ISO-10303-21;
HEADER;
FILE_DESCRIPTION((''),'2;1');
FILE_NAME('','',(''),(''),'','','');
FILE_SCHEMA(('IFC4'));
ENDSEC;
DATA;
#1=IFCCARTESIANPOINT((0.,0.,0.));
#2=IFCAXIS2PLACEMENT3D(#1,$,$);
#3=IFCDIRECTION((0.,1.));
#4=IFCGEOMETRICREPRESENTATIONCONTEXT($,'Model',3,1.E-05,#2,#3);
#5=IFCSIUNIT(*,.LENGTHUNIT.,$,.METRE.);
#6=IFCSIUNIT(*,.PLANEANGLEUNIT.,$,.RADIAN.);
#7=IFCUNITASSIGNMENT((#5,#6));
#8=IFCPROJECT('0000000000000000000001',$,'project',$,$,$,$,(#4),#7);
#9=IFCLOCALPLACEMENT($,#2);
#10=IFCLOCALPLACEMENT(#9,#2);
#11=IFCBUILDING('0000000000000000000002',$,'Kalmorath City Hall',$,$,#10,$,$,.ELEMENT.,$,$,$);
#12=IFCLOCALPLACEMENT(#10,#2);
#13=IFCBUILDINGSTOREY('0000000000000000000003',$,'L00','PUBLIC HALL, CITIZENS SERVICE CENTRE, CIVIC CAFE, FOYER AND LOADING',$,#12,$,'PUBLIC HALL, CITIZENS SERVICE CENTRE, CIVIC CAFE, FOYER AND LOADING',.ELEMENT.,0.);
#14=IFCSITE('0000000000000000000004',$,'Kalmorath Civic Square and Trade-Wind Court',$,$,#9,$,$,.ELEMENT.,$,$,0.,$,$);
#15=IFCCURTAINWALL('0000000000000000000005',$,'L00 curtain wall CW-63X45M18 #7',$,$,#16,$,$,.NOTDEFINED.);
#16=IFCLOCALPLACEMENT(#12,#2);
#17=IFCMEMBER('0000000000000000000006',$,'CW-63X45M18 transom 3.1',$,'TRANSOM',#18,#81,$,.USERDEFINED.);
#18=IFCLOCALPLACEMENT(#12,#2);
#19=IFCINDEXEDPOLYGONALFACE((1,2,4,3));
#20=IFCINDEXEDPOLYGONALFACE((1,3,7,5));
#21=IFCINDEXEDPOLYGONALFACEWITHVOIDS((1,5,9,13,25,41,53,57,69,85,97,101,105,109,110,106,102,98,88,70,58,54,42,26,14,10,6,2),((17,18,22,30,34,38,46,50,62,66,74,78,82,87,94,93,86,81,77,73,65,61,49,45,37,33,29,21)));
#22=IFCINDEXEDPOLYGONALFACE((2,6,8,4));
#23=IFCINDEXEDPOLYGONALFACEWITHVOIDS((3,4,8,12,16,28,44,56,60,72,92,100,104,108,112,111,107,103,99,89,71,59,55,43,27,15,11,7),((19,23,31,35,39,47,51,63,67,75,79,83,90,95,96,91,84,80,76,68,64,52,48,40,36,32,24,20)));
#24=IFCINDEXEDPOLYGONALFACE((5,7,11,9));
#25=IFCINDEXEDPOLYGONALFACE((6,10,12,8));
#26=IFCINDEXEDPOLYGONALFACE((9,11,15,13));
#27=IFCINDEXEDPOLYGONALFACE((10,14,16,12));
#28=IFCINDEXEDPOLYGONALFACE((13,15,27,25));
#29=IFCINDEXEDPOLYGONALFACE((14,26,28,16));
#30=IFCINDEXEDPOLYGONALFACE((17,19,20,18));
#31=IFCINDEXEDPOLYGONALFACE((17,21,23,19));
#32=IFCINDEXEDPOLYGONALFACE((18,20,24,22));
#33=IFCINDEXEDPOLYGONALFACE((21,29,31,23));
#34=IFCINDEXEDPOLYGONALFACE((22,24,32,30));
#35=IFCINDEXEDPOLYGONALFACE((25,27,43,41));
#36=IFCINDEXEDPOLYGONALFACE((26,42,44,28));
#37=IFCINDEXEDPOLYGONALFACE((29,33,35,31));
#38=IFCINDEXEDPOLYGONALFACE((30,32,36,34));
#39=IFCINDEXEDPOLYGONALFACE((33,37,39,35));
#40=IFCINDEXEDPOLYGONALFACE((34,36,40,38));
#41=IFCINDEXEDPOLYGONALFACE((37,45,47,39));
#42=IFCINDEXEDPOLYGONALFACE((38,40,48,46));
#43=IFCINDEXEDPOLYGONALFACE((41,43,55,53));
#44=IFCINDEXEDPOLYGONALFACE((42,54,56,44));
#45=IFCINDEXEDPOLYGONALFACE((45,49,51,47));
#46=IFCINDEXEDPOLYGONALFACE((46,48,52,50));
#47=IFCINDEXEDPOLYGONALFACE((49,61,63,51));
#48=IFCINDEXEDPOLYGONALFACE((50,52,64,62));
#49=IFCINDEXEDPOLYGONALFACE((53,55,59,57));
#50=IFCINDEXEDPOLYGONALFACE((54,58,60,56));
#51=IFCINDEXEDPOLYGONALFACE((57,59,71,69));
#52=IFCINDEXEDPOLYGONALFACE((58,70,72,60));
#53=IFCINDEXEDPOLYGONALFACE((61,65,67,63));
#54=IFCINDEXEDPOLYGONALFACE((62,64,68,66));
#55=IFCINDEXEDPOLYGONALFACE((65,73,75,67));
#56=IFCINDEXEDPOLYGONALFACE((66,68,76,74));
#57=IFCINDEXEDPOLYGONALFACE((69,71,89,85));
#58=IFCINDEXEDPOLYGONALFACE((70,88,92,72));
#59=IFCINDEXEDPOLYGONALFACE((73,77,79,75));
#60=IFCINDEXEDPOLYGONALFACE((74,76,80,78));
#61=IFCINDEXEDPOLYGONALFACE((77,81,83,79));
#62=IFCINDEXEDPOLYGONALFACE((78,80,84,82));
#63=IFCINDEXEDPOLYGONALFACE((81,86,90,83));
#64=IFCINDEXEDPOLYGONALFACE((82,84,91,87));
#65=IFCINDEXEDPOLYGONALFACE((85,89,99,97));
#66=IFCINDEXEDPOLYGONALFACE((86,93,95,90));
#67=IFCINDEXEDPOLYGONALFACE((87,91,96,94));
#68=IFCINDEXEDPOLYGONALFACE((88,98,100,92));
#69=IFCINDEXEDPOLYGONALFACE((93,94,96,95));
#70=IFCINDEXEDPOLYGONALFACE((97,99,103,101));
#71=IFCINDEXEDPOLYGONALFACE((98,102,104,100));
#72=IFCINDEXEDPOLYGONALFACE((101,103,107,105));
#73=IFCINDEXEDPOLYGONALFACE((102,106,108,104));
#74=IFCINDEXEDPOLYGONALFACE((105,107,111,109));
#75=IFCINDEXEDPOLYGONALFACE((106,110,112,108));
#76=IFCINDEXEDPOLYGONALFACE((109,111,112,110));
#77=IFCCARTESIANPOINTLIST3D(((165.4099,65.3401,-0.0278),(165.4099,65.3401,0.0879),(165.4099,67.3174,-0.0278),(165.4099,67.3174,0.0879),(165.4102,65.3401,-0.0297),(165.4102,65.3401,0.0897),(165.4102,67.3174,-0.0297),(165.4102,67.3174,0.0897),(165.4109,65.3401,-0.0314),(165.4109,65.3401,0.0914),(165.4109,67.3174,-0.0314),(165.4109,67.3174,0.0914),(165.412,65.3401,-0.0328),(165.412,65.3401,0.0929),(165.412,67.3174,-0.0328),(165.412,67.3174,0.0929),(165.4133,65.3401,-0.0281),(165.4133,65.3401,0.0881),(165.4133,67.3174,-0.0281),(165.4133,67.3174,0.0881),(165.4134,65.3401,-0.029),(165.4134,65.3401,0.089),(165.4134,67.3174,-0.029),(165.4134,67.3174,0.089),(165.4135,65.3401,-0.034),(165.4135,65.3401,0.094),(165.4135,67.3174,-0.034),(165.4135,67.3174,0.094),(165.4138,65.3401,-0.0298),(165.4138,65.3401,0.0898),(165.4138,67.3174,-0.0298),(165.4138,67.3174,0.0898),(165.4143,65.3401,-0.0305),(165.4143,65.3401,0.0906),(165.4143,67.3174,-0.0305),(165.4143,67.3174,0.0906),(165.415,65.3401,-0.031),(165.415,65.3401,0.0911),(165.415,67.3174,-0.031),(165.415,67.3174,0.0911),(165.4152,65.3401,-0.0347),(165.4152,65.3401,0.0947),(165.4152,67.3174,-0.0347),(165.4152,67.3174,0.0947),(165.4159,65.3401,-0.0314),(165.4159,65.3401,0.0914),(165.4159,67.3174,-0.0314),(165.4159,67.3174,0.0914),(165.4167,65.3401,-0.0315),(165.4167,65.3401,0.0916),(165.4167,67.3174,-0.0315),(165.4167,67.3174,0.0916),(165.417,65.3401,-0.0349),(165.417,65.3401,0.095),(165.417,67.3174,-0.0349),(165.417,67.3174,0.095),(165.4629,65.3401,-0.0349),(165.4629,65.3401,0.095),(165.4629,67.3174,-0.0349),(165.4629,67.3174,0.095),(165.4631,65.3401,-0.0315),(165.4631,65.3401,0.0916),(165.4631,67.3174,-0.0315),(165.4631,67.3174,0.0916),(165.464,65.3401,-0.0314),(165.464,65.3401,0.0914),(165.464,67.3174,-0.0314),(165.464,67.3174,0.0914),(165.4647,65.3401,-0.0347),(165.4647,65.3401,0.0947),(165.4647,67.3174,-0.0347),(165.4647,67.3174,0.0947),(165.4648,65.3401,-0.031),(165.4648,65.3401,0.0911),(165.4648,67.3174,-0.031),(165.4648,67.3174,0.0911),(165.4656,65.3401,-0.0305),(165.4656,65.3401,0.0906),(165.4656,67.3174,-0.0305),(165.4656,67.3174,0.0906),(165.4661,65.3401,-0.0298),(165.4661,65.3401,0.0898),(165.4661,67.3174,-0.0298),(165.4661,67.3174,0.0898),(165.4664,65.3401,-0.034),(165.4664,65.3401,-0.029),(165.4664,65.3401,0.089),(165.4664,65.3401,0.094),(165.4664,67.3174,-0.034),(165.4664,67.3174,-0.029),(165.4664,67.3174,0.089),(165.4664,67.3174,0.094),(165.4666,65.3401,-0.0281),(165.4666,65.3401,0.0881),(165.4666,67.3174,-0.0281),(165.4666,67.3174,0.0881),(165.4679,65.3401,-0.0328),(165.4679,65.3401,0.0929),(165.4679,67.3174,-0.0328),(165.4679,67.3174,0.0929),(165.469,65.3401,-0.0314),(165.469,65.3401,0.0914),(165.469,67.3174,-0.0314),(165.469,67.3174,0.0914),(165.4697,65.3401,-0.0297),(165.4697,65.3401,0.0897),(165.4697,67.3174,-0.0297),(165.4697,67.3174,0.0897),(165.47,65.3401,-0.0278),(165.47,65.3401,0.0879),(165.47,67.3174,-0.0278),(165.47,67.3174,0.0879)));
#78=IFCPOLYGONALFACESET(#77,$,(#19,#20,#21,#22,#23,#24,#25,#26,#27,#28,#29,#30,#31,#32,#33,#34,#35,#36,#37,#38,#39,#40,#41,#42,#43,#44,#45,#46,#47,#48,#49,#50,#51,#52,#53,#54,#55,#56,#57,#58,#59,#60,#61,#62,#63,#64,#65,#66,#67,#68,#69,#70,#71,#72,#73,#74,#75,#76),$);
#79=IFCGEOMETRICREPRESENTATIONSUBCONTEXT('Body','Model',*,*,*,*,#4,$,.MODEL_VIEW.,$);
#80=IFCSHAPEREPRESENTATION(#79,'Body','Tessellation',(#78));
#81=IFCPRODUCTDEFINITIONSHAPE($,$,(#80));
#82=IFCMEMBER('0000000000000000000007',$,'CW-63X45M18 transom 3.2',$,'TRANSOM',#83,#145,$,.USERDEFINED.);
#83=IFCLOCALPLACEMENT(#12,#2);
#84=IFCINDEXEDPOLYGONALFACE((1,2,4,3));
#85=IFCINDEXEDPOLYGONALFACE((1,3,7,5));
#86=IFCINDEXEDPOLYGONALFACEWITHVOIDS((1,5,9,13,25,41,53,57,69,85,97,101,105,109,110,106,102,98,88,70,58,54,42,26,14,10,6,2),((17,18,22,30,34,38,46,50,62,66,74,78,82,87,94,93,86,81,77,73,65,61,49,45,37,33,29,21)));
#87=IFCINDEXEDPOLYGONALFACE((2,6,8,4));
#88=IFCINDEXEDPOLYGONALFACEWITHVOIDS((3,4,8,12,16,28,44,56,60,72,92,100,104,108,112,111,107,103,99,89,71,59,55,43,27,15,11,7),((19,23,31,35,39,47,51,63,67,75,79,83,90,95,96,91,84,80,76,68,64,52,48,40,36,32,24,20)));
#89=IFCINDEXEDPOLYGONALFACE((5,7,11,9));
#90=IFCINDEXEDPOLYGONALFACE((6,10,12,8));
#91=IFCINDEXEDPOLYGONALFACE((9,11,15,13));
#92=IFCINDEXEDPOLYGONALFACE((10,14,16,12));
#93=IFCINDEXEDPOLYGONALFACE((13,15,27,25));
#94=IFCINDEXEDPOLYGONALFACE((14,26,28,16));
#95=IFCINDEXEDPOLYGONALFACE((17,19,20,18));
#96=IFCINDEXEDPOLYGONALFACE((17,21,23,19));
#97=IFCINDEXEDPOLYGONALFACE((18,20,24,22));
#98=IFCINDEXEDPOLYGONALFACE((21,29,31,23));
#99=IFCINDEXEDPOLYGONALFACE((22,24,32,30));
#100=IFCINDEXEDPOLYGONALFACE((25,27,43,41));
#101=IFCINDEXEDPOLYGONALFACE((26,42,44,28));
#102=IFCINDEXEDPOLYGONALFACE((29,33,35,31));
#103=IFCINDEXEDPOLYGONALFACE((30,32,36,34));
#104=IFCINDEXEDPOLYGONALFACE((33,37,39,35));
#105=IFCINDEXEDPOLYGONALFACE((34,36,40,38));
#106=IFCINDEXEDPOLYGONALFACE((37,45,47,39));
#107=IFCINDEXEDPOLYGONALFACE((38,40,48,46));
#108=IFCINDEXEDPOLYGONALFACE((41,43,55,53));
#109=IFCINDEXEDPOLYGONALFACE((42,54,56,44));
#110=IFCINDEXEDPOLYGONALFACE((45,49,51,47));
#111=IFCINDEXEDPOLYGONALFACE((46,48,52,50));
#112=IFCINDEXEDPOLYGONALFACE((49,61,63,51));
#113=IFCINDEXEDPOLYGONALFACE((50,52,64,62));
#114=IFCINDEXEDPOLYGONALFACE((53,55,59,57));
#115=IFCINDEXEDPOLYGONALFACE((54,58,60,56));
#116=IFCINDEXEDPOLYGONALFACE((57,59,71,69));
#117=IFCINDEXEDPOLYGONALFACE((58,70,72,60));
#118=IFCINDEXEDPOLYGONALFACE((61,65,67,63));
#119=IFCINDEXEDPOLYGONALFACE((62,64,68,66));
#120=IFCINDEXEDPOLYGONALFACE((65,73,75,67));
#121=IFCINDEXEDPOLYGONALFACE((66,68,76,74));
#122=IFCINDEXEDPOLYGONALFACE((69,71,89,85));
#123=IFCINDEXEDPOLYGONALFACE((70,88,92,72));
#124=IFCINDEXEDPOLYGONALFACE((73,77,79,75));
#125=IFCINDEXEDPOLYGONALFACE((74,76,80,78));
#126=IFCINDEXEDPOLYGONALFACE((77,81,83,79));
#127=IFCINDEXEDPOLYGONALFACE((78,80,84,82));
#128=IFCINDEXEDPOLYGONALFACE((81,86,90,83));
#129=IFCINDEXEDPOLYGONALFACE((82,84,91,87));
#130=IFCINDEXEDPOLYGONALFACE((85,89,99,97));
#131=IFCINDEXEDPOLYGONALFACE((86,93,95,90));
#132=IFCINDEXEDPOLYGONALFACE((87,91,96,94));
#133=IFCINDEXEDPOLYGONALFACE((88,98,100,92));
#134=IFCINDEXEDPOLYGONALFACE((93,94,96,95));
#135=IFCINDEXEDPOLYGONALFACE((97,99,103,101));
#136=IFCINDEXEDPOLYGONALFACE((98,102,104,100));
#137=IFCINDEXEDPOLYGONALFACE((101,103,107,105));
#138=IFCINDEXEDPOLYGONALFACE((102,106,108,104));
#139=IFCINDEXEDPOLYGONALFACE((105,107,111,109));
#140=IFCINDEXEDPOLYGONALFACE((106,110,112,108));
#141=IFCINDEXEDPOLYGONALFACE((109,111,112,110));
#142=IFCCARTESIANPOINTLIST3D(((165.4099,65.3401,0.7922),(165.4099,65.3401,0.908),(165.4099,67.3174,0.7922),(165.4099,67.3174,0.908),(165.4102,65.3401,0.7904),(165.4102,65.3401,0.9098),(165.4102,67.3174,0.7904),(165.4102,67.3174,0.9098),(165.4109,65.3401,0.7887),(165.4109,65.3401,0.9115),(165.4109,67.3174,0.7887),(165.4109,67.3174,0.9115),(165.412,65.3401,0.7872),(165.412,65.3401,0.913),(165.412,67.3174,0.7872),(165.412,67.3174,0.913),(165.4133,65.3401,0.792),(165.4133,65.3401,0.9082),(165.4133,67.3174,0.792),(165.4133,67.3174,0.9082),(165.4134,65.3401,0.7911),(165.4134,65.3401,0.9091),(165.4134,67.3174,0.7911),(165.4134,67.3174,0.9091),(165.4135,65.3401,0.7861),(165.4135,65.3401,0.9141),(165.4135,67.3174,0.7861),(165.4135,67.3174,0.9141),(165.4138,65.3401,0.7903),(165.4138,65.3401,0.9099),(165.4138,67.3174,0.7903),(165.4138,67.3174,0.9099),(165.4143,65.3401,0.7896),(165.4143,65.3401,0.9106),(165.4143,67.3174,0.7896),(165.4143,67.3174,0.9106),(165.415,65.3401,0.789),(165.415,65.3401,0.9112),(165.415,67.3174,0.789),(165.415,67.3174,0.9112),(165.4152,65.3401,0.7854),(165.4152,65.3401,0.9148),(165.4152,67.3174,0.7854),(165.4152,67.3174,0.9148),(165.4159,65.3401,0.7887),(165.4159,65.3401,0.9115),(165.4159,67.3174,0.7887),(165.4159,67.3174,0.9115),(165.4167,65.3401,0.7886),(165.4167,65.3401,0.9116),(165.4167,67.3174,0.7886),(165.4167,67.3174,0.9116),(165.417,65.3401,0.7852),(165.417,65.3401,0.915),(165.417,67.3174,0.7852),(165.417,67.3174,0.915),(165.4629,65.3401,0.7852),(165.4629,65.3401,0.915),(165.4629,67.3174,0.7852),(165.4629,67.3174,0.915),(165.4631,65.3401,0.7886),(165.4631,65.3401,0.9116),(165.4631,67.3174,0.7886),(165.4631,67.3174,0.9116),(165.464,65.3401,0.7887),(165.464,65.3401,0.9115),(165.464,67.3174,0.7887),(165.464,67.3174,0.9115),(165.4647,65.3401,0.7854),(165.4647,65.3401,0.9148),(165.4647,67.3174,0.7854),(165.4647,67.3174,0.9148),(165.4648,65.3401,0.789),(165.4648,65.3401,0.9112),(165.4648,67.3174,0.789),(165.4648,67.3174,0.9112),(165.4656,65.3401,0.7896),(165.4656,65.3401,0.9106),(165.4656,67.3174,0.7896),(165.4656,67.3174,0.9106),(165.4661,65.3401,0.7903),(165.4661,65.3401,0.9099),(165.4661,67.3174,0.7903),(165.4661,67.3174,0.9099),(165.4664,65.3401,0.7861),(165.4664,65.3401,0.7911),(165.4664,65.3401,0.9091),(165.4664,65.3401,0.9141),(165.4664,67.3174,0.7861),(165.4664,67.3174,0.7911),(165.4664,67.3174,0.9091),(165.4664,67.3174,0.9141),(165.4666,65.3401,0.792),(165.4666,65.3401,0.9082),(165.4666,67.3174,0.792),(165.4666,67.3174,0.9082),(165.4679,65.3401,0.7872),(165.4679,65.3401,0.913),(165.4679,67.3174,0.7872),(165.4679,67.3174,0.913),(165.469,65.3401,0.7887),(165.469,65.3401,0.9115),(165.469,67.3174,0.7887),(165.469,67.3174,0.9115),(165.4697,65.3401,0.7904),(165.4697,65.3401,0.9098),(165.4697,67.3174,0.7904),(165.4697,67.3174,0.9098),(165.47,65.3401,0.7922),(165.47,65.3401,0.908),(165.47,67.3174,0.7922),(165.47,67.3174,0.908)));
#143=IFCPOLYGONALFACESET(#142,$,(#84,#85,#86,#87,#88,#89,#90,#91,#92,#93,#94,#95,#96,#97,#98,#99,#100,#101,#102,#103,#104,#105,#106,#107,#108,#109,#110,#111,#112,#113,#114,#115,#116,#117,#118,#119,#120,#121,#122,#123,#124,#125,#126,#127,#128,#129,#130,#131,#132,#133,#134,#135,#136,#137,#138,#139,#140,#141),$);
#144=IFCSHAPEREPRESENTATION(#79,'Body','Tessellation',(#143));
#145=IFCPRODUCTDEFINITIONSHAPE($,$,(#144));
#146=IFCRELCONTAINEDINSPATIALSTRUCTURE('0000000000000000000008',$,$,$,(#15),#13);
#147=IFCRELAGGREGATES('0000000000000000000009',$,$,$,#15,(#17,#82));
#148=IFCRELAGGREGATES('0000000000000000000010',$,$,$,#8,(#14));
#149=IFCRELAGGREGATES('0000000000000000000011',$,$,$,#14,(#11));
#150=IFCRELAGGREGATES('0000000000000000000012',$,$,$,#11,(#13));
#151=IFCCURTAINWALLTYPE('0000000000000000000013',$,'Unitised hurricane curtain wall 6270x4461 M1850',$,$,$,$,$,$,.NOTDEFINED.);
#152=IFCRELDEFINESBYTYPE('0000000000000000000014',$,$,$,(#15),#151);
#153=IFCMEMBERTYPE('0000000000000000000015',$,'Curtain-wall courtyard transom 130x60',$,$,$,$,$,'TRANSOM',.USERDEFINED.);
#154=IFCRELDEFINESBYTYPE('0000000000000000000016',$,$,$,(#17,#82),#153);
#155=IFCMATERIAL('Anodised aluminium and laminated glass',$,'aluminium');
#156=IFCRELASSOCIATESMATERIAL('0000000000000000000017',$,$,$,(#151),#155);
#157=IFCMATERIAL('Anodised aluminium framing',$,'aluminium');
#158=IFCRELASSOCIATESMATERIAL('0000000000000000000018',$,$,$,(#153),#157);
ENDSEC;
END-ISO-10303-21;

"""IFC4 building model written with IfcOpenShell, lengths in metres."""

from ifc_helpers import new_model, si_unit, direction, frame, origin, origin_2d, place, context, subcontext, project, spatial, hollow_rectangle, extrude, material, material_profile, profile_set, type_object, element, aggregate, save


model = new_model("IFC4")

# Units and contexts
model_context = context("Model", 3, precision=1e-05, world=origin(), true_north=direction((0.0, 1.0)))
body_context = subcontext(model_context, "Body", "Model", "MODEL_VIEW")
ifc_project = project(units=[si_unit("LENGTHUNIT", "METRE"), si_unit("PLANEANGLEUNIT", "RADIAN")], contexts=[model_context])

# Site, building, storey
site_placement = place(None, origin())
site = spatial("IfcSite", under=ifc_project, at=site_placement, Name="Kalmorath Civic Square and Trade-Wind Court", CompositionType="ELEMENT", RefElevation=0.0)
building_placement = place(site_placement, origin())
building = spatial("IfcBuilding", under=site, at=building_placement, Name="Kalmorath City Hall", CompositionType="ELEMENT")
storey_placement = place(building_placement, origin())
storey = spatial("IfcBuildingStorey", under=building, at=storey_placement, Name="L00", Description="PUBLIC HALL, CITIZENS SERVICE CENTRE, CIVIC CAFE, FOYER AND LOADING", LongName="PUBLIC HALL, CITIZENS SERVICE CENTRE, CIVIC CAFE, FOYER AND LOADING", CompositionType="ELEMENT", Elevation=0.0)

# Curtain wall, members
ifc_material_1 = material(Name="Anodised aluminium and laminated glass", Category="aluminium")
curtain_wall_type = type_object("IfcCurtainWallType", Name="Unitised hurricane curtain wall 6270x4461 M1850", PredefinedType="NOTDEFINED", material=ifc_material_1)
curtain_wall_placement = place(storey_placement, origin())
curtain_wall = element("IfcCurtainWall", 1, at=curtain_wall_placement, inside=storey, type_object=curtain_wall_type, Name="L00 curtain wall CW-63X45M18 #7", PredefinedType="NOTDEFINED")
ifc_material_2 = material(Name="Anodised aluminium framing", Category="aluminium")
ifc_material_profile_1 = material_profile(ifc_material_2, hollow_rectangle(XDim=0.0601, YDim=0.1299, WallThickness=0.0034, InnerFilletRadius=0.0034, OuterFilletRadius=0.0071, at=origin_2d()), Name="ALU-TRN-130X60X3.5")
ifc_profile_set_1 = profile_set([ifc_material_profile_1], Name="Anodised aluminium framing")
member_type_1 = type_object("IfcMemberType", Name="Curtain-wall courtyard transom 130x60", ElementType="TRANSOM", PredefinedType="USERDEFINED", material=ifc_profile_set_1)
member_1_placement = place(storey_placement, frame((165.4399, 67.3174, 0.03), z_axis=(0.0, -1.0, 0.0), x_axis=(1.0, 0.0, 0.0)))
member_1 = element("IfcMember", 2, at=member_1_placement, type_object=member_type_1, Name="CW-63X45M18 transom 3.1", ObjectType="TRANSOM", PredefinedType="USERDEFINED", context=body_context, shape_type="SweptSolid", body=[
    extrude(hollow_rectangle(XDim=0.0601, YDim=0.1299, WallThickness=0.0034, InnerFilletRadius=0.0034, OuterFilletRadius=0.0071, at=origin_2d()), origin(), (0.0, 0.0, 1.0), 1.9773),
])
member_2_placement = place(storey_placement, frame((165.4399, 67.3174, 0.8501), z_axis=(0.0, -1.0, 0.0), x_axis=(1.0, 0.0, 0.0)))
member_2 = element("IfcMember", 3, at=member_2_placement, type_object=member_type_1, Name="CW-63X45M18 transom 3.2", ObjectType="TRANSOM", PredefinedType="USERDEFINED", context=body_context, shape_type="SweptSolid", body=[
    extrude(hollow_rectangle(XDim=0.0601, YDim=0.1299, WallThickness=0.0034, InnerFilletRadius=0.0034, OuterFilletRadius=0.0071, at=origin_2d()), origin(), (0.0, 0.0, 1.0), 1.9773),
])
aggregate(curtain_wall, [member_1, member_2])

save(model, "model.ifc")
